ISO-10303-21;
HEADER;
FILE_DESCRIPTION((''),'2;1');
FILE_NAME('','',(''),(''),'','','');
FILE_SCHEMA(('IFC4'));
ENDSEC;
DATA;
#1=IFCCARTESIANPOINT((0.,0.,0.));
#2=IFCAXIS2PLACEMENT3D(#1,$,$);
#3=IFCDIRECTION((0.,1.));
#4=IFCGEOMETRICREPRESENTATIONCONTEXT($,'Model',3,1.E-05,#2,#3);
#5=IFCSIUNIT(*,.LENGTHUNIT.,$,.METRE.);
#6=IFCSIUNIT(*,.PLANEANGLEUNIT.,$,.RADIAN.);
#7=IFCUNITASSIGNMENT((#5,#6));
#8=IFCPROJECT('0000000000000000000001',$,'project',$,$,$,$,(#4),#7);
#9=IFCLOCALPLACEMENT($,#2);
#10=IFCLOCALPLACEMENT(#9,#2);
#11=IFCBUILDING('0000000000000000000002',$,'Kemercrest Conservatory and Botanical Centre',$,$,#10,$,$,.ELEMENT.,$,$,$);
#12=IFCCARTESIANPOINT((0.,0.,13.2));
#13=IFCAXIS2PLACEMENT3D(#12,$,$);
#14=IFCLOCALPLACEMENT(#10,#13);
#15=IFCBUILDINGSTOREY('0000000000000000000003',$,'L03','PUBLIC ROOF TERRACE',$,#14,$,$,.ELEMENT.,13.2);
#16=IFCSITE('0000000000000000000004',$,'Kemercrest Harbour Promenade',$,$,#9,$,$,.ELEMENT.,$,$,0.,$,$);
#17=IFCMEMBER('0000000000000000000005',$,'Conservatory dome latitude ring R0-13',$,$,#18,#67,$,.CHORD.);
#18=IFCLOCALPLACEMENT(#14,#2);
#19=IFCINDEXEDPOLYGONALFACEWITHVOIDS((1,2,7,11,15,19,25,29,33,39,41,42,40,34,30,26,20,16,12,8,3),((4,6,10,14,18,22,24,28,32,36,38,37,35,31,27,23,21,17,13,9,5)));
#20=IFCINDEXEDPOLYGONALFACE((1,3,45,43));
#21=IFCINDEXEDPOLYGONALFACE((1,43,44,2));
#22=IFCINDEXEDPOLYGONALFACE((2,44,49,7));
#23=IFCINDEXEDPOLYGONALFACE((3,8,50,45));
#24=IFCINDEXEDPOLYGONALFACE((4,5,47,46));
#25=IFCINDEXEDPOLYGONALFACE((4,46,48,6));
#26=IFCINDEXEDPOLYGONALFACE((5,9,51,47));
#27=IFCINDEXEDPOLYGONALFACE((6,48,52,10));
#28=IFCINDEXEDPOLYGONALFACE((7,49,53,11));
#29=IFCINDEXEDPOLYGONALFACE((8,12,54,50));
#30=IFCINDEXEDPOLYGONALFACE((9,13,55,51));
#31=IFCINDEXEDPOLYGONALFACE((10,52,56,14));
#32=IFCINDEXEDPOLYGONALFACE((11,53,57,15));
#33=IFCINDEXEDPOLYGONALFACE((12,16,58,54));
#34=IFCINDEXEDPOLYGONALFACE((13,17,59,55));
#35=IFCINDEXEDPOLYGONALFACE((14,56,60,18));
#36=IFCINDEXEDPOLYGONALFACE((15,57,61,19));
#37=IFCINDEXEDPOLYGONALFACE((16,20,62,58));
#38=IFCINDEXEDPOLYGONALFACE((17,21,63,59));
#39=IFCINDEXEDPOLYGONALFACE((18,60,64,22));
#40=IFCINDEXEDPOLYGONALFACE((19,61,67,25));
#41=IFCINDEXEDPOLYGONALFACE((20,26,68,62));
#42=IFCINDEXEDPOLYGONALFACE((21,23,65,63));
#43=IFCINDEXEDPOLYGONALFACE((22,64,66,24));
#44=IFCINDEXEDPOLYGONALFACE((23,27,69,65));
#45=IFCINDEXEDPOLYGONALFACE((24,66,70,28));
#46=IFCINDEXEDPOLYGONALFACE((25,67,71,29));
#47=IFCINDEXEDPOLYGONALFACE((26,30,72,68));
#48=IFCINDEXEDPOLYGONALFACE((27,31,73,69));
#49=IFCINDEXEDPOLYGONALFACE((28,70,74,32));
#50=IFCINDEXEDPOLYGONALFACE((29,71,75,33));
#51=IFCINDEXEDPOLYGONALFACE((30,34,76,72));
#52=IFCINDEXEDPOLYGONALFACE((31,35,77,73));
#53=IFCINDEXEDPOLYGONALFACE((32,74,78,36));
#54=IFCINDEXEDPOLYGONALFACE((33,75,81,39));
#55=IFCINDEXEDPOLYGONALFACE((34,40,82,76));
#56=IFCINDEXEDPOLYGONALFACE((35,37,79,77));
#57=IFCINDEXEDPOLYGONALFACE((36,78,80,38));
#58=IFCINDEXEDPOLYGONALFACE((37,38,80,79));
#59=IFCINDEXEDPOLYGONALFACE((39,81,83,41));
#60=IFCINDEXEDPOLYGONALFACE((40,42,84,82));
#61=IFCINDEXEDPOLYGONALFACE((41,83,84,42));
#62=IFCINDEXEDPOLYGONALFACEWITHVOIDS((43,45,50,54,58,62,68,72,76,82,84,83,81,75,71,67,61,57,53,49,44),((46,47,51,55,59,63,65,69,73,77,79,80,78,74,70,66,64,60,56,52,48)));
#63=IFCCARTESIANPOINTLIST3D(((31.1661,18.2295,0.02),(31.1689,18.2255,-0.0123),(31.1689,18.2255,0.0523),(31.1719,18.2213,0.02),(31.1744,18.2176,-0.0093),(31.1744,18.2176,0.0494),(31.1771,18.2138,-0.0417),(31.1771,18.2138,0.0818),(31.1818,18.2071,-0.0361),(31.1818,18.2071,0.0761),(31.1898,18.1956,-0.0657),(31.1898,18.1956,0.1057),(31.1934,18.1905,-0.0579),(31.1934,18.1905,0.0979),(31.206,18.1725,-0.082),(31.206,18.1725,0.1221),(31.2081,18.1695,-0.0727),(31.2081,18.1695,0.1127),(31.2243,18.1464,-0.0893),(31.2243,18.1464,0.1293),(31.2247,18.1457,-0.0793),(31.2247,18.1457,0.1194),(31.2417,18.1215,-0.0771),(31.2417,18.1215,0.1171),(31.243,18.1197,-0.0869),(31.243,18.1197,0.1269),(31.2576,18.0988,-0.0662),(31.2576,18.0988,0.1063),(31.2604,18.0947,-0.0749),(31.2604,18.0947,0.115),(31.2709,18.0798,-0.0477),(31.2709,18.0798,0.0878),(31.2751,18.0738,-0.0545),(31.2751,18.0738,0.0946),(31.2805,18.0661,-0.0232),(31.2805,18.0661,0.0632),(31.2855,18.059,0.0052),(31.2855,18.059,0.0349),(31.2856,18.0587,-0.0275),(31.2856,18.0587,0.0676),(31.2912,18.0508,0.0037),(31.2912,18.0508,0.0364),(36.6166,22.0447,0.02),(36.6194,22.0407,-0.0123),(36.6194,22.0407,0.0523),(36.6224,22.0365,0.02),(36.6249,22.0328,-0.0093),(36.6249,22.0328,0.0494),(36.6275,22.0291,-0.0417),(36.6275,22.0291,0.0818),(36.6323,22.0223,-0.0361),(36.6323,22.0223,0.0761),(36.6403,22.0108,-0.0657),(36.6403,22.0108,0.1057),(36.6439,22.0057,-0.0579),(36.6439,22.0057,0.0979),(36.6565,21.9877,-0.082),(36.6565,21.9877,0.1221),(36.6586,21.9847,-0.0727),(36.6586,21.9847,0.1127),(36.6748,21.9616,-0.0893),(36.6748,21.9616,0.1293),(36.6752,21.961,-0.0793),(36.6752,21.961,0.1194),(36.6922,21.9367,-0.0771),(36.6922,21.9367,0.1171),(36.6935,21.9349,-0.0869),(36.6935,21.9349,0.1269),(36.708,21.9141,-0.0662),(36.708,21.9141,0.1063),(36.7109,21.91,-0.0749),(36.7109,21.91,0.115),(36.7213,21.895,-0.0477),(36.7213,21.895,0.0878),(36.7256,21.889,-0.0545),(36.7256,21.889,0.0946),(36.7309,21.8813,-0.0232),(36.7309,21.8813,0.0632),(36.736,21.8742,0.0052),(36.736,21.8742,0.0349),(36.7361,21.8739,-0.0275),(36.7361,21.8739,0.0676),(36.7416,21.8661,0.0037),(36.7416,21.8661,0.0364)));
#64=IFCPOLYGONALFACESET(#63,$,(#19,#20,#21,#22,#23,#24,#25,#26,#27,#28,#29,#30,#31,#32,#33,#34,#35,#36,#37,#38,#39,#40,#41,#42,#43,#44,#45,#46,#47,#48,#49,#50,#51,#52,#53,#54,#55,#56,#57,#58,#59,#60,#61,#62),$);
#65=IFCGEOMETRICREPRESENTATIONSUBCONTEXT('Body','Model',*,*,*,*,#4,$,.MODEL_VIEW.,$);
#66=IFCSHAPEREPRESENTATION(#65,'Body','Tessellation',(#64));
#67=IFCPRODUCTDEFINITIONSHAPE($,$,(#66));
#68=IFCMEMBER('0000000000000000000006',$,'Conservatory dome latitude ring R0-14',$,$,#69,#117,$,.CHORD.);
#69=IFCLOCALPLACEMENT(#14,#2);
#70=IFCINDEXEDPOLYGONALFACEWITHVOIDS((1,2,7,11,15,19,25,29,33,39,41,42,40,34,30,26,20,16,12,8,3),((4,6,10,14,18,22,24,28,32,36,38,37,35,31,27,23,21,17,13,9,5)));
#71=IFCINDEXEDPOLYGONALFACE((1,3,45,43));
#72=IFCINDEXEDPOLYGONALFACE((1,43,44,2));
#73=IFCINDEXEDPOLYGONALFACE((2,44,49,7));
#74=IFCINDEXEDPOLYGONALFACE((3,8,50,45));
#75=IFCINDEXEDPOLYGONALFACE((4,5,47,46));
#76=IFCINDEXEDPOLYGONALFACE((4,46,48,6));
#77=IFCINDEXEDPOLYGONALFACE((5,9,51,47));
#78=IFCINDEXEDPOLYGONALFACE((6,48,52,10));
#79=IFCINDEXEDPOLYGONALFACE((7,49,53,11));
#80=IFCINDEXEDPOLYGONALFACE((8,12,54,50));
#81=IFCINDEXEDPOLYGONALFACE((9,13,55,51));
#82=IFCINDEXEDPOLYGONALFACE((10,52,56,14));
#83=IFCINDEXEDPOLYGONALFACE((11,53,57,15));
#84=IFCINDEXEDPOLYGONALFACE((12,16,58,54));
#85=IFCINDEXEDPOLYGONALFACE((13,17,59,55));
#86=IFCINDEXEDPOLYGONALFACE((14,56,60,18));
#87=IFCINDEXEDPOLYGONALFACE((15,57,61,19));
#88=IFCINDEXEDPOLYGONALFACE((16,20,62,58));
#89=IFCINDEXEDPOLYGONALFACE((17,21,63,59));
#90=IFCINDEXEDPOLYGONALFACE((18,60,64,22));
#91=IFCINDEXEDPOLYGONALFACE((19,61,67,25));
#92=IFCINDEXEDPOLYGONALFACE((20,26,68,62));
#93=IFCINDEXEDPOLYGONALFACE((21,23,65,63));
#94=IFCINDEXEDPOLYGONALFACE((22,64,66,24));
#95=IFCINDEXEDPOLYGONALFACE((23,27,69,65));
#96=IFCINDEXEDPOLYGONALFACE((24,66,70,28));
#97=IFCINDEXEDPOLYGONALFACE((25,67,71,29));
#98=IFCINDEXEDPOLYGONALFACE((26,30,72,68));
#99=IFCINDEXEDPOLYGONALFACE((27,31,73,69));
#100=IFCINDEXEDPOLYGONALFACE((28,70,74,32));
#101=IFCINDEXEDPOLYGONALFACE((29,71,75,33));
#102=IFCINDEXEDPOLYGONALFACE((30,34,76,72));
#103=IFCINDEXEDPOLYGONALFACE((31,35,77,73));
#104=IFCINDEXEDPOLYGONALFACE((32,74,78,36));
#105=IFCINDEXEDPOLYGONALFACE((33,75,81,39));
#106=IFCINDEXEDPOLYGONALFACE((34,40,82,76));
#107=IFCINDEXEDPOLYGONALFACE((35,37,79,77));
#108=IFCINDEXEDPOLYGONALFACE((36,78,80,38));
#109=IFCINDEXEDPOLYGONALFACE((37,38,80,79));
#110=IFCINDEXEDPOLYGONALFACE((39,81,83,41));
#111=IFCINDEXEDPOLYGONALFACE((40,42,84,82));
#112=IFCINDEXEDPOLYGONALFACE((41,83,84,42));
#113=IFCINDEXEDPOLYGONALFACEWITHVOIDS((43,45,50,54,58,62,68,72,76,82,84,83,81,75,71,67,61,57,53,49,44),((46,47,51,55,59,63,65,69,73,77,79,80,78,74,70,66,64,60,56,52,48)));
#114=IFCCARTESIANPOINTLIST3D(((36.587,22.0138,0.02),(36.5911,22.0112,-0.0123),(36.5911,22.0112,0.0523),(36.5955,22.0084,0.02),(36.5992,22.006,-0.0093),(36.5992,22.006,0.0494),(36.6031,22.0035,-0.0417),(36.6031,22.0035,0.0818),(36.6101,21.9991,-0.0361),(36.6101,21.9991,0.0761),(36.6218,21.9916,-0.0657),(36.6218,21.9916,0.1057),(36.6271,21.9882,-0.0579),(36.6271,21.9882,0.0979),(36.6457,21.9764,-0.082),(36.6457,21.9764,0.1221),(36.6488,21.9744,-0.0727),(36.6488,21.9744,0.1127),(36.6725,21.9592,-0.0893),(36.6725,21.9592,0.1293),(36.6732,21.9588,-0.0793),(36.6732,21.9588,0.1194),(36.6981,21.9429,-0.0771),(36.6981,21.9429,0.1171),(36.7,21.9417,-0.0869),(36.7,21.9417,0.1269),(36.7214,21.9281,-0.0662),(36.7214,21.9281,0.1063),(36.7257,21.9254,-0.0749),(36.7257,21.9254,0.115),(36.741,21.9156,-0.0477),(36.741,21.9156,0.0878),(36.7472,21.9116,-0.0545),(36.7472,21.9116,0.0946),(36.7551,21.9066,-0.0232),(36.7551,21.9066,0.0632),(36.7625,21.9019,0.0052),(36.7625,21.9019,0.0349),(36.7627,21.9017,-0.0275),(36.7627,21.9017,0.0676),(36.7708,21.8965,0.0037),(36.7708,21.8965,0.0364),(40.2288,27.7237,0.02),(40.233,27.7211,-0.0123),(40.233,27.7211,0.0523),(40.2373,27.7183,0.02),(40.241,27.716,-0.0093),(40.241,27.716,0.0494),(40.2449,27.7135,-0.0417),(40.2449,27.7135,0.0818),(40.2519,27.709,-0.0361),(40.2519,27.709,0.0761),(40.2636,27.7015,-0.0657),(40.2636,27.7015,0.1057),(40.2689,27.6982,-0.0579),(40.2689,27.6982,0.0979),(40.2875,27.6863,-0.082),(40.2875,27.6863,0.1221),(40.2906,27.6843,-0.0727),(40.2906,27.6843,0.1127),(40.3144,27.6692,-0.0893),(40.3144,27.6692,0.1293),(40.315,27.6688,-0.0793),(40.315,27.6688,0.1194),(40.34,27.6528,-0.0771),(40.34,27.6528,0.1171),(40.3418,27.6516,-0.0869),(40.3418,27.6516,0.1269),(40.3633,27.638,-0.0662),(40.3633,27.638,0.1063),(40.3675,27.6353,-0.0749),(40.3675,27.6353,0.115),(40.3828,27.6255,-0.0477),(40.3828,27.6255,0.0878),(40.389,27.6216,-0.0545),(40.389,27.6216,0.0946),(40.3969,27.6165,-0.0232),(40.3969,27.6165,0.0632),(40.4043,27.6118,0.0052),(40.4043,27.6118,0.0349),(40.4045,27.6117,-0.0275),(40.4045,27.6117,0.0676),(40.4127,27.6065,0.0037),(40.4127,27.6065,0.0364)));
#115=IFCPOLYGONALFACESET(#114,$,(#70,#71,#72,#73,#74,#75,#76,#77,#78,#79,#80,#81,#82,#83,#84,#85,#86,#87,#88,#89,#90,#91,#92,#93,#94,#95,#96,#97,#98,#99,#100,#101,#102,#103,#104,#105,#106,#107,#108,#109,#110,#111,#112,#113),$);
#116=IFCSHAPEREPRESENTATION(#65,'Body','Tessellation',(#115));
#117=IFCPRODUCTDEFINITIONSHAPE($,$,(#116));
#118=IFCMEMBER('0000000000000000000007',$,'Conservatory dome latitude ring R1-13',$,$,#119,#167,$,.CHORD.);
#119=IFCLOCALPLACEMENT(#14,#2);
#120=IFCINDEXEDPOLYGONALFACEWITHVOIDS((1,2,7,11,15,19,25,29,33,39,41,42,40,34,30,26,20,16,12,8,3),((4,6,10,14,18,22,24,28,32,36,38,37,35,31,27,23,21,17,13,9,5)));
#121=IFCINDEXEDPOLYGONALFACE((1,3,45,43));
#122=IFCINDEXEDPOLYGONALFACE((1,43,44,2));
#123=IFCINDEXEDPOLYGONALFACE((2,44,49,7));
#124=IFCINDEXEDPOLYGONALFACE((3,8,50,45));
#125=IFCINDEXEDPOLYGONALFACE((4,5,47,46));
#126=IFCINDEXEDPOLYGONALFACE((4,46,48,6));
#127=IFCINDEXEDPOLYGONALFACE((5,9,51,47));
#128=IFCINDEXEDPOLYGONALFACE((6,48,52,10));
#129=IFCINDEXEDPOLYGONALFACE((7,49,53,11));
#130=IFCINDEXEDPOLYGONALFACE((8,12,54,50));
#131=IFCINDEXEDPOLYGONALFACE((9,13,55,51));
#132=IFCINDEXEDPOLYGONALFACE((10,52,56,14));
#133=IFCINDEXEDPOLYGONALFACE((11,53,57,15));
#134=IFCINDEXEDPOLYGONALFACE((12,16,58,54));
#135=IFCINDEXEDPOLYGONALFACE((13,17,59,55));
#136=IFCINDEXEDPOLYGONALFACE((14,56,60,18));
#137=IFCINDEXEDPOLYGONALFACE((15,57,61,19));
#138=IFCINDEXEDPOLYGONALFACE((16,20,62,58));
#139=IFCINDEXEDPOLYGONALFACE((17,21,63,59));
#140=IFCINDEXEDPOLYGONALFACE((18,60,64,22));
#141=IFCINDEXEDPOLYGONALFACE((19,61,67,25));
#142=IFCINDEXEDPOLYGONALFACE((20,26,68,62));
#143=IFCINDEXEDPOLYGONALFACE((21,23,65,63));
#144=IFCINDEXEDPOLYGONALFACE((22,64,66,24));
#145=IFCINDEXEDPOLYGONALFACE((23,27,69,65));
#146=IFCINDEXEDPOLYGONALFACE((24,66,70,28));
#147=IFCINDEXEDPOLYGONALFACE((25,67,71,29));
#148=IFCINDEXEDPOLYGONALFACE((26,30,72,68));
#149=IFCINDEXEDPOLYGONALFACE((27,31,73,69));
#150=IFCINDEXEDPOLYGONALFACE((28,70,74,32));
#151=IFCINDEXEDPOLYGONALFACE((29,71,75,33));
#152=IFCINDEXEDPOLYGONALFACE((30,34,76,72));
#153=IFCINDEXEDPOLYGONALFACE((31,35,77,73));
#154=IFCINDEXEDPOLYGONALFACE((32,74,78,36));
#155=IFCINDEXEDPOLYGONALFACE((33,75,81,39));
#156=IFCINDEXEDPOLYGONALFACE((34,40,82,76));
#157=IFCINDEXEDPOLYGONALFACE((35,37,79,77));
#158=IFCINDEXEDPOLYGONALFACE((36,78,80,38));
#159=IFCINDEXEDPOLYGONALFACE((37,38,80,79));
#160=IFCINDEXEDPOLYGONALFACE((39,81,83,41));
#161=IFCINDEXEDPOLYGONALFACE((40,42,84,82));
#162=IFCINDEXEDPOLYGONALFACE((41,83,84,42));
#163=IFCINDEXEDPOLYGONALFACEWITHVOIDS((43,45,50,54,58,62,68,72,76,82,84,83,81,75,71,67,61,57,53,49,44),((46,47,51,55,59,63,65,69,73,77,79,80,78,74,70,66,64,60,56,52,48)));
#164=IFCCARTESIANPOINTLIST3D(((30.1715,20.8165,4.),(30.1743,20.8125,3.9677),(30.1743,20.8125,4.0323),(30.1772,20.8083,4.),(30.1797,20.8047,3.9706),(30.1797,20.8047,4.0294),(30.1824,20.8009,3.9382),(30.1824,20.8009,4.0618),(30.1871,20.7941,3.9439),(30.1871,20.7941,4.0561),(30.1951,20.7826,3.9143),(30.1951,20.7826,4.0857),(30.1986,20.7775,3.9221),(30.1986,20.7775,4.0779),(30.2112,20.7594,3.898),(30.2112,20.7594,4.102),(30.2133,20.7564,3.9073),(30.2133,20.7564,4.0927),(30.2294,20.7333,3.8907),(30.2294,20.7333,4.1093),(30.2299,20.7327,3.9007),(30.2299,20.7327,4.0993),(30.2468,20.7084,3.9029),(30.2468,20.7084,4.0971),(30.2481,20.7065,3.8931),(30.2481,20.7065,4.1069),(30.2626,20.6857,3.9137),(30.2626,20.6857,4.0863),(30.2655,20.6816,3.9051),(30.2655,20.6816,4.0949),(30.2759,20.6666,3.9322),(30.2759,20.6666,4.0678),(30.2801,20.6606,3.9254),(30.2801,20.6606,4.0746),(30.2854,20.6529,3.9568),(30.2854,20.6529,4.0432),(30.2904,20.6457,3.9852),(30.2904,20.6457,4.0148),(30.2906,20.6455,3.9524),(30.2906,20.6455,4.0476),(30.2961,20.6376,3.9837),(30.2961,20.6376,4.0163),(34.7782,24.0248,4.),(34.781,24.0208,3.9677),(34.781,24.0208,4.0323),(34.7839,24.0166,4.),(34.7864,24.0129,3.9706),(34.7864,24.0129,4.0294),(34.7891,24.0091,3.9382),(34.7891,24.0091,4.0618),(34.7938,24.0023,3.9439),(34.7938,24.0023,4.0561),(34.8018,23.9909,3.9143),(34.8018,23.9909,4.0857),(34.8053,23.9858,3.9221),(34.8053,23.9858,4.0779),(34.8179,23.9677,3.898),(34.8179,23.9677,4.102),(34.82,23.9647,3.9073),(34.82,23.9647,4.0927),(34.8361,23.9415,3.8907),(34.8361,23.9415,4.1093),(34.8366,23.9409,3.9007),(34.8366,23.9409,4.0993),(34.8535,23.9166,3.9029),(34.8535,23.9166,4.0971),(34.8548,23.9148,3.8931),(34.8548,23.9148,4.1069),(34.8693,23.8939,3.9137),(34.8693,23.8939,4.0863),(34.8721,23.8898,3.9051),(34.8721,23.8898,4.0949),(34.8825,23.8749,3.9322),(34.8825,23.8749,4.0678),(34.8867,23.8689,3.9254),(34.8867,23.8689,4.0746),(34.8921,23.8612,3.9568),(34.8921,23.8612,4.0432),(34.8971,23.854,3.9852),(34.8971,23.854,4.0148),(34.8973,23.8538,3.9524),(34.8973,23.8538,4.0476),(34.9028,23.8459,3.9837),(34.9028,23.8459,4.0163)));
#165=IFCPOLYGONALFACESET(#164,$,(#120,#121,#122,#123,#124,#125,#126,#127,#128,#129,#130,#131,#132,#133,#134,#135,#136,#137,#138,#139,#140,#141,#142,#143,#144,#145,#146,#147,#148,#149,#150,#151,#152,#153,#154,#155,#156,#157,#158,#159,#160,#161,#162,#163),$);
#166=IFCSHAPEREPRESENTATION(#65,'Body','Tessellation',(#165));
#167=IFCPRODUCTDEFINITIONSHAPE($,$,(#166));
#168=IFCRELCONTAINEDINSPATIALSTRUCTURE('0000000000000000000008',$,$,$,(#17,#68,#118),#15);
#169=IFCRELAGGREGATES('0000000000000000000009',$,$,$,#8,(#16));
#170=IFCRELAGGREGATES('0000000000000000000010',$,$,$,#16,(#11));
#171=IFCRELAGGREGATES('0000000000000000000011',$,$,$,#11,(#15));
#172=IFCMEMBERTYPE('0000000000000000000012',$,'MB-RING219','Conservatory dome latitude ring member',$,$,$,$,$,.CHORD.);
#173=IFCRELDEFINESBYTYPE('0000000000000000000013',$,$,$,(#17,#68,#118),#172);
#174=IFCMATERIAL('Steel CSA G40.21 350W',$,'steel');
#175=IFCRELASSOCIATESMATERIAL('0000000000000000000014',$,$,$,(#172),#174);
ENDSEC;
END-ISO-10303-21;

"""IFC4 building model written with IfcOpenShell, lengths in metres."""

from ifc_helpers import new_model, si_unit, direction, frame, origin, origin_2d, place, context, subcontext, project, spatial, hollow_circle, extrude, material, material_profile, profile_set, type_object, element, save


model = new_model("IFC4")

# Units and contexts
model_context = context("Model", 3, precision=1e-05, world=origin(), true_north=direction((0.0, 1.0)))
body_context = subcontext(model_context, "Body", "Model", "MODEL_VIEW")
ifc_project = project(units=[si_unit("LENGTHUNIT", "METRE"), si_unit("PLANEANGLEUNIT", "RADIAN")], contexts=[model_context])

# Site, building, storey
site_placement = place(None, origin())
site = spatial("IfcSite", under=ifc_project, at=site_placement, Name="Kemercrest Harbour Promenade", CompositionType="ELEMENT", RefElevation=0.0)
building_placement = place(site_placement, origin())
building = spatial("IfcBuilding", under=site, at=building_placement, Name="Kemercrest Conservatory and Botanical Centre", CompositionType="ELEMENT")
storey_placement = place(building_placement, frame((0.0, 0.0, 13.2)))
storey = spatial("IfcBuildingStorey", under=building, at=storey_placement, Name="L03", Description="PUBLIC ROOF TERRACE", CompositionType="ELEMENT", Elevation=13.2)

# Shared definitions
ifc_material_1 = material(Name="Steel CSA G40.21 350W", Category="steel")

# Members
ifc_material_profile_1 = material_profile(ifc_material_1, hollow_circle(Radius=0.1096, WallThickness=0.01, at=origin_2d()), Name="CHS 219.1x10.0")
ifc_profile_set_1 = profile_set([ifc_material_profile_1], Name="Steel CSA G40.21 350W")
member_type_1 = type_object("IfcMemberType", Name="MB-RING219", Description="Conservatory dome latitude ring member", PredefinedType="CHORD", material=ifc_profile_set_1)
member_1_placement = place(storey_placement, frame((31.229, 18.1396, 0.02), z_axis=(0.819241, 0.57345, 0.0), x_axis=(-0.57345, 0.819241, 0.0)))
element("IfcMember", 1, at=member_1_placement, inside=storey, type_object=member_type_1, Name="Conservatory dome latitude ring R0-13", PredefinedType="CHORD", context=body_context, shape_type="SweptSolid", body=[
    extrude(hollow_circle(Radius=0.1096, WallThickness=0.01, at=origin_2d()), origin(), (0.0, 0.0, 1.0), 6.6531),
])
member_2_placement = place(storey_placement, frame((36.6794, 21.9548, 0.02), z_axis=(0.537741, 0.84311, 0.0), x_axis=(-0.84311, 0.537741, 0.0)))
element("IfcMember", 2, at=member_2_placement, inside=storey, type_object=member_type_1, Name="Conservatory dome latitude ring R0-14", PredefinedType="CHORD", context=body_context, shape_type="SweptSolid", body=[
    extrude(hollow_circle(Radius=0.1096, WallThickness=0.01, at=origin_2d()), origin(), (0.0, 0.0, 1.0), 6.7725),
])
member_3_placement = place(storey_placement, frame((30.2341, 20.7266, 4.0), z_axis=(0.820605, 0.571496, 0.0), x_axis=(-0.571496, 0.820605, 0.0)))
element("IfcMember", 3, at=member_3_placement, inside=storey, type_object=member_type_1, Name="Conservatory dome latitude ring R1-13", PredefinedType="CHORD", context=body_context, shape_type="SweptSolid", body=[
    extrude(hollow_circle(Radius=0.1096, WallThickness=0.01, at=origin_2d()), origin(), (0.0, 0.0, 1.0), 5.6138),
])

save(model, "model.ifc")
